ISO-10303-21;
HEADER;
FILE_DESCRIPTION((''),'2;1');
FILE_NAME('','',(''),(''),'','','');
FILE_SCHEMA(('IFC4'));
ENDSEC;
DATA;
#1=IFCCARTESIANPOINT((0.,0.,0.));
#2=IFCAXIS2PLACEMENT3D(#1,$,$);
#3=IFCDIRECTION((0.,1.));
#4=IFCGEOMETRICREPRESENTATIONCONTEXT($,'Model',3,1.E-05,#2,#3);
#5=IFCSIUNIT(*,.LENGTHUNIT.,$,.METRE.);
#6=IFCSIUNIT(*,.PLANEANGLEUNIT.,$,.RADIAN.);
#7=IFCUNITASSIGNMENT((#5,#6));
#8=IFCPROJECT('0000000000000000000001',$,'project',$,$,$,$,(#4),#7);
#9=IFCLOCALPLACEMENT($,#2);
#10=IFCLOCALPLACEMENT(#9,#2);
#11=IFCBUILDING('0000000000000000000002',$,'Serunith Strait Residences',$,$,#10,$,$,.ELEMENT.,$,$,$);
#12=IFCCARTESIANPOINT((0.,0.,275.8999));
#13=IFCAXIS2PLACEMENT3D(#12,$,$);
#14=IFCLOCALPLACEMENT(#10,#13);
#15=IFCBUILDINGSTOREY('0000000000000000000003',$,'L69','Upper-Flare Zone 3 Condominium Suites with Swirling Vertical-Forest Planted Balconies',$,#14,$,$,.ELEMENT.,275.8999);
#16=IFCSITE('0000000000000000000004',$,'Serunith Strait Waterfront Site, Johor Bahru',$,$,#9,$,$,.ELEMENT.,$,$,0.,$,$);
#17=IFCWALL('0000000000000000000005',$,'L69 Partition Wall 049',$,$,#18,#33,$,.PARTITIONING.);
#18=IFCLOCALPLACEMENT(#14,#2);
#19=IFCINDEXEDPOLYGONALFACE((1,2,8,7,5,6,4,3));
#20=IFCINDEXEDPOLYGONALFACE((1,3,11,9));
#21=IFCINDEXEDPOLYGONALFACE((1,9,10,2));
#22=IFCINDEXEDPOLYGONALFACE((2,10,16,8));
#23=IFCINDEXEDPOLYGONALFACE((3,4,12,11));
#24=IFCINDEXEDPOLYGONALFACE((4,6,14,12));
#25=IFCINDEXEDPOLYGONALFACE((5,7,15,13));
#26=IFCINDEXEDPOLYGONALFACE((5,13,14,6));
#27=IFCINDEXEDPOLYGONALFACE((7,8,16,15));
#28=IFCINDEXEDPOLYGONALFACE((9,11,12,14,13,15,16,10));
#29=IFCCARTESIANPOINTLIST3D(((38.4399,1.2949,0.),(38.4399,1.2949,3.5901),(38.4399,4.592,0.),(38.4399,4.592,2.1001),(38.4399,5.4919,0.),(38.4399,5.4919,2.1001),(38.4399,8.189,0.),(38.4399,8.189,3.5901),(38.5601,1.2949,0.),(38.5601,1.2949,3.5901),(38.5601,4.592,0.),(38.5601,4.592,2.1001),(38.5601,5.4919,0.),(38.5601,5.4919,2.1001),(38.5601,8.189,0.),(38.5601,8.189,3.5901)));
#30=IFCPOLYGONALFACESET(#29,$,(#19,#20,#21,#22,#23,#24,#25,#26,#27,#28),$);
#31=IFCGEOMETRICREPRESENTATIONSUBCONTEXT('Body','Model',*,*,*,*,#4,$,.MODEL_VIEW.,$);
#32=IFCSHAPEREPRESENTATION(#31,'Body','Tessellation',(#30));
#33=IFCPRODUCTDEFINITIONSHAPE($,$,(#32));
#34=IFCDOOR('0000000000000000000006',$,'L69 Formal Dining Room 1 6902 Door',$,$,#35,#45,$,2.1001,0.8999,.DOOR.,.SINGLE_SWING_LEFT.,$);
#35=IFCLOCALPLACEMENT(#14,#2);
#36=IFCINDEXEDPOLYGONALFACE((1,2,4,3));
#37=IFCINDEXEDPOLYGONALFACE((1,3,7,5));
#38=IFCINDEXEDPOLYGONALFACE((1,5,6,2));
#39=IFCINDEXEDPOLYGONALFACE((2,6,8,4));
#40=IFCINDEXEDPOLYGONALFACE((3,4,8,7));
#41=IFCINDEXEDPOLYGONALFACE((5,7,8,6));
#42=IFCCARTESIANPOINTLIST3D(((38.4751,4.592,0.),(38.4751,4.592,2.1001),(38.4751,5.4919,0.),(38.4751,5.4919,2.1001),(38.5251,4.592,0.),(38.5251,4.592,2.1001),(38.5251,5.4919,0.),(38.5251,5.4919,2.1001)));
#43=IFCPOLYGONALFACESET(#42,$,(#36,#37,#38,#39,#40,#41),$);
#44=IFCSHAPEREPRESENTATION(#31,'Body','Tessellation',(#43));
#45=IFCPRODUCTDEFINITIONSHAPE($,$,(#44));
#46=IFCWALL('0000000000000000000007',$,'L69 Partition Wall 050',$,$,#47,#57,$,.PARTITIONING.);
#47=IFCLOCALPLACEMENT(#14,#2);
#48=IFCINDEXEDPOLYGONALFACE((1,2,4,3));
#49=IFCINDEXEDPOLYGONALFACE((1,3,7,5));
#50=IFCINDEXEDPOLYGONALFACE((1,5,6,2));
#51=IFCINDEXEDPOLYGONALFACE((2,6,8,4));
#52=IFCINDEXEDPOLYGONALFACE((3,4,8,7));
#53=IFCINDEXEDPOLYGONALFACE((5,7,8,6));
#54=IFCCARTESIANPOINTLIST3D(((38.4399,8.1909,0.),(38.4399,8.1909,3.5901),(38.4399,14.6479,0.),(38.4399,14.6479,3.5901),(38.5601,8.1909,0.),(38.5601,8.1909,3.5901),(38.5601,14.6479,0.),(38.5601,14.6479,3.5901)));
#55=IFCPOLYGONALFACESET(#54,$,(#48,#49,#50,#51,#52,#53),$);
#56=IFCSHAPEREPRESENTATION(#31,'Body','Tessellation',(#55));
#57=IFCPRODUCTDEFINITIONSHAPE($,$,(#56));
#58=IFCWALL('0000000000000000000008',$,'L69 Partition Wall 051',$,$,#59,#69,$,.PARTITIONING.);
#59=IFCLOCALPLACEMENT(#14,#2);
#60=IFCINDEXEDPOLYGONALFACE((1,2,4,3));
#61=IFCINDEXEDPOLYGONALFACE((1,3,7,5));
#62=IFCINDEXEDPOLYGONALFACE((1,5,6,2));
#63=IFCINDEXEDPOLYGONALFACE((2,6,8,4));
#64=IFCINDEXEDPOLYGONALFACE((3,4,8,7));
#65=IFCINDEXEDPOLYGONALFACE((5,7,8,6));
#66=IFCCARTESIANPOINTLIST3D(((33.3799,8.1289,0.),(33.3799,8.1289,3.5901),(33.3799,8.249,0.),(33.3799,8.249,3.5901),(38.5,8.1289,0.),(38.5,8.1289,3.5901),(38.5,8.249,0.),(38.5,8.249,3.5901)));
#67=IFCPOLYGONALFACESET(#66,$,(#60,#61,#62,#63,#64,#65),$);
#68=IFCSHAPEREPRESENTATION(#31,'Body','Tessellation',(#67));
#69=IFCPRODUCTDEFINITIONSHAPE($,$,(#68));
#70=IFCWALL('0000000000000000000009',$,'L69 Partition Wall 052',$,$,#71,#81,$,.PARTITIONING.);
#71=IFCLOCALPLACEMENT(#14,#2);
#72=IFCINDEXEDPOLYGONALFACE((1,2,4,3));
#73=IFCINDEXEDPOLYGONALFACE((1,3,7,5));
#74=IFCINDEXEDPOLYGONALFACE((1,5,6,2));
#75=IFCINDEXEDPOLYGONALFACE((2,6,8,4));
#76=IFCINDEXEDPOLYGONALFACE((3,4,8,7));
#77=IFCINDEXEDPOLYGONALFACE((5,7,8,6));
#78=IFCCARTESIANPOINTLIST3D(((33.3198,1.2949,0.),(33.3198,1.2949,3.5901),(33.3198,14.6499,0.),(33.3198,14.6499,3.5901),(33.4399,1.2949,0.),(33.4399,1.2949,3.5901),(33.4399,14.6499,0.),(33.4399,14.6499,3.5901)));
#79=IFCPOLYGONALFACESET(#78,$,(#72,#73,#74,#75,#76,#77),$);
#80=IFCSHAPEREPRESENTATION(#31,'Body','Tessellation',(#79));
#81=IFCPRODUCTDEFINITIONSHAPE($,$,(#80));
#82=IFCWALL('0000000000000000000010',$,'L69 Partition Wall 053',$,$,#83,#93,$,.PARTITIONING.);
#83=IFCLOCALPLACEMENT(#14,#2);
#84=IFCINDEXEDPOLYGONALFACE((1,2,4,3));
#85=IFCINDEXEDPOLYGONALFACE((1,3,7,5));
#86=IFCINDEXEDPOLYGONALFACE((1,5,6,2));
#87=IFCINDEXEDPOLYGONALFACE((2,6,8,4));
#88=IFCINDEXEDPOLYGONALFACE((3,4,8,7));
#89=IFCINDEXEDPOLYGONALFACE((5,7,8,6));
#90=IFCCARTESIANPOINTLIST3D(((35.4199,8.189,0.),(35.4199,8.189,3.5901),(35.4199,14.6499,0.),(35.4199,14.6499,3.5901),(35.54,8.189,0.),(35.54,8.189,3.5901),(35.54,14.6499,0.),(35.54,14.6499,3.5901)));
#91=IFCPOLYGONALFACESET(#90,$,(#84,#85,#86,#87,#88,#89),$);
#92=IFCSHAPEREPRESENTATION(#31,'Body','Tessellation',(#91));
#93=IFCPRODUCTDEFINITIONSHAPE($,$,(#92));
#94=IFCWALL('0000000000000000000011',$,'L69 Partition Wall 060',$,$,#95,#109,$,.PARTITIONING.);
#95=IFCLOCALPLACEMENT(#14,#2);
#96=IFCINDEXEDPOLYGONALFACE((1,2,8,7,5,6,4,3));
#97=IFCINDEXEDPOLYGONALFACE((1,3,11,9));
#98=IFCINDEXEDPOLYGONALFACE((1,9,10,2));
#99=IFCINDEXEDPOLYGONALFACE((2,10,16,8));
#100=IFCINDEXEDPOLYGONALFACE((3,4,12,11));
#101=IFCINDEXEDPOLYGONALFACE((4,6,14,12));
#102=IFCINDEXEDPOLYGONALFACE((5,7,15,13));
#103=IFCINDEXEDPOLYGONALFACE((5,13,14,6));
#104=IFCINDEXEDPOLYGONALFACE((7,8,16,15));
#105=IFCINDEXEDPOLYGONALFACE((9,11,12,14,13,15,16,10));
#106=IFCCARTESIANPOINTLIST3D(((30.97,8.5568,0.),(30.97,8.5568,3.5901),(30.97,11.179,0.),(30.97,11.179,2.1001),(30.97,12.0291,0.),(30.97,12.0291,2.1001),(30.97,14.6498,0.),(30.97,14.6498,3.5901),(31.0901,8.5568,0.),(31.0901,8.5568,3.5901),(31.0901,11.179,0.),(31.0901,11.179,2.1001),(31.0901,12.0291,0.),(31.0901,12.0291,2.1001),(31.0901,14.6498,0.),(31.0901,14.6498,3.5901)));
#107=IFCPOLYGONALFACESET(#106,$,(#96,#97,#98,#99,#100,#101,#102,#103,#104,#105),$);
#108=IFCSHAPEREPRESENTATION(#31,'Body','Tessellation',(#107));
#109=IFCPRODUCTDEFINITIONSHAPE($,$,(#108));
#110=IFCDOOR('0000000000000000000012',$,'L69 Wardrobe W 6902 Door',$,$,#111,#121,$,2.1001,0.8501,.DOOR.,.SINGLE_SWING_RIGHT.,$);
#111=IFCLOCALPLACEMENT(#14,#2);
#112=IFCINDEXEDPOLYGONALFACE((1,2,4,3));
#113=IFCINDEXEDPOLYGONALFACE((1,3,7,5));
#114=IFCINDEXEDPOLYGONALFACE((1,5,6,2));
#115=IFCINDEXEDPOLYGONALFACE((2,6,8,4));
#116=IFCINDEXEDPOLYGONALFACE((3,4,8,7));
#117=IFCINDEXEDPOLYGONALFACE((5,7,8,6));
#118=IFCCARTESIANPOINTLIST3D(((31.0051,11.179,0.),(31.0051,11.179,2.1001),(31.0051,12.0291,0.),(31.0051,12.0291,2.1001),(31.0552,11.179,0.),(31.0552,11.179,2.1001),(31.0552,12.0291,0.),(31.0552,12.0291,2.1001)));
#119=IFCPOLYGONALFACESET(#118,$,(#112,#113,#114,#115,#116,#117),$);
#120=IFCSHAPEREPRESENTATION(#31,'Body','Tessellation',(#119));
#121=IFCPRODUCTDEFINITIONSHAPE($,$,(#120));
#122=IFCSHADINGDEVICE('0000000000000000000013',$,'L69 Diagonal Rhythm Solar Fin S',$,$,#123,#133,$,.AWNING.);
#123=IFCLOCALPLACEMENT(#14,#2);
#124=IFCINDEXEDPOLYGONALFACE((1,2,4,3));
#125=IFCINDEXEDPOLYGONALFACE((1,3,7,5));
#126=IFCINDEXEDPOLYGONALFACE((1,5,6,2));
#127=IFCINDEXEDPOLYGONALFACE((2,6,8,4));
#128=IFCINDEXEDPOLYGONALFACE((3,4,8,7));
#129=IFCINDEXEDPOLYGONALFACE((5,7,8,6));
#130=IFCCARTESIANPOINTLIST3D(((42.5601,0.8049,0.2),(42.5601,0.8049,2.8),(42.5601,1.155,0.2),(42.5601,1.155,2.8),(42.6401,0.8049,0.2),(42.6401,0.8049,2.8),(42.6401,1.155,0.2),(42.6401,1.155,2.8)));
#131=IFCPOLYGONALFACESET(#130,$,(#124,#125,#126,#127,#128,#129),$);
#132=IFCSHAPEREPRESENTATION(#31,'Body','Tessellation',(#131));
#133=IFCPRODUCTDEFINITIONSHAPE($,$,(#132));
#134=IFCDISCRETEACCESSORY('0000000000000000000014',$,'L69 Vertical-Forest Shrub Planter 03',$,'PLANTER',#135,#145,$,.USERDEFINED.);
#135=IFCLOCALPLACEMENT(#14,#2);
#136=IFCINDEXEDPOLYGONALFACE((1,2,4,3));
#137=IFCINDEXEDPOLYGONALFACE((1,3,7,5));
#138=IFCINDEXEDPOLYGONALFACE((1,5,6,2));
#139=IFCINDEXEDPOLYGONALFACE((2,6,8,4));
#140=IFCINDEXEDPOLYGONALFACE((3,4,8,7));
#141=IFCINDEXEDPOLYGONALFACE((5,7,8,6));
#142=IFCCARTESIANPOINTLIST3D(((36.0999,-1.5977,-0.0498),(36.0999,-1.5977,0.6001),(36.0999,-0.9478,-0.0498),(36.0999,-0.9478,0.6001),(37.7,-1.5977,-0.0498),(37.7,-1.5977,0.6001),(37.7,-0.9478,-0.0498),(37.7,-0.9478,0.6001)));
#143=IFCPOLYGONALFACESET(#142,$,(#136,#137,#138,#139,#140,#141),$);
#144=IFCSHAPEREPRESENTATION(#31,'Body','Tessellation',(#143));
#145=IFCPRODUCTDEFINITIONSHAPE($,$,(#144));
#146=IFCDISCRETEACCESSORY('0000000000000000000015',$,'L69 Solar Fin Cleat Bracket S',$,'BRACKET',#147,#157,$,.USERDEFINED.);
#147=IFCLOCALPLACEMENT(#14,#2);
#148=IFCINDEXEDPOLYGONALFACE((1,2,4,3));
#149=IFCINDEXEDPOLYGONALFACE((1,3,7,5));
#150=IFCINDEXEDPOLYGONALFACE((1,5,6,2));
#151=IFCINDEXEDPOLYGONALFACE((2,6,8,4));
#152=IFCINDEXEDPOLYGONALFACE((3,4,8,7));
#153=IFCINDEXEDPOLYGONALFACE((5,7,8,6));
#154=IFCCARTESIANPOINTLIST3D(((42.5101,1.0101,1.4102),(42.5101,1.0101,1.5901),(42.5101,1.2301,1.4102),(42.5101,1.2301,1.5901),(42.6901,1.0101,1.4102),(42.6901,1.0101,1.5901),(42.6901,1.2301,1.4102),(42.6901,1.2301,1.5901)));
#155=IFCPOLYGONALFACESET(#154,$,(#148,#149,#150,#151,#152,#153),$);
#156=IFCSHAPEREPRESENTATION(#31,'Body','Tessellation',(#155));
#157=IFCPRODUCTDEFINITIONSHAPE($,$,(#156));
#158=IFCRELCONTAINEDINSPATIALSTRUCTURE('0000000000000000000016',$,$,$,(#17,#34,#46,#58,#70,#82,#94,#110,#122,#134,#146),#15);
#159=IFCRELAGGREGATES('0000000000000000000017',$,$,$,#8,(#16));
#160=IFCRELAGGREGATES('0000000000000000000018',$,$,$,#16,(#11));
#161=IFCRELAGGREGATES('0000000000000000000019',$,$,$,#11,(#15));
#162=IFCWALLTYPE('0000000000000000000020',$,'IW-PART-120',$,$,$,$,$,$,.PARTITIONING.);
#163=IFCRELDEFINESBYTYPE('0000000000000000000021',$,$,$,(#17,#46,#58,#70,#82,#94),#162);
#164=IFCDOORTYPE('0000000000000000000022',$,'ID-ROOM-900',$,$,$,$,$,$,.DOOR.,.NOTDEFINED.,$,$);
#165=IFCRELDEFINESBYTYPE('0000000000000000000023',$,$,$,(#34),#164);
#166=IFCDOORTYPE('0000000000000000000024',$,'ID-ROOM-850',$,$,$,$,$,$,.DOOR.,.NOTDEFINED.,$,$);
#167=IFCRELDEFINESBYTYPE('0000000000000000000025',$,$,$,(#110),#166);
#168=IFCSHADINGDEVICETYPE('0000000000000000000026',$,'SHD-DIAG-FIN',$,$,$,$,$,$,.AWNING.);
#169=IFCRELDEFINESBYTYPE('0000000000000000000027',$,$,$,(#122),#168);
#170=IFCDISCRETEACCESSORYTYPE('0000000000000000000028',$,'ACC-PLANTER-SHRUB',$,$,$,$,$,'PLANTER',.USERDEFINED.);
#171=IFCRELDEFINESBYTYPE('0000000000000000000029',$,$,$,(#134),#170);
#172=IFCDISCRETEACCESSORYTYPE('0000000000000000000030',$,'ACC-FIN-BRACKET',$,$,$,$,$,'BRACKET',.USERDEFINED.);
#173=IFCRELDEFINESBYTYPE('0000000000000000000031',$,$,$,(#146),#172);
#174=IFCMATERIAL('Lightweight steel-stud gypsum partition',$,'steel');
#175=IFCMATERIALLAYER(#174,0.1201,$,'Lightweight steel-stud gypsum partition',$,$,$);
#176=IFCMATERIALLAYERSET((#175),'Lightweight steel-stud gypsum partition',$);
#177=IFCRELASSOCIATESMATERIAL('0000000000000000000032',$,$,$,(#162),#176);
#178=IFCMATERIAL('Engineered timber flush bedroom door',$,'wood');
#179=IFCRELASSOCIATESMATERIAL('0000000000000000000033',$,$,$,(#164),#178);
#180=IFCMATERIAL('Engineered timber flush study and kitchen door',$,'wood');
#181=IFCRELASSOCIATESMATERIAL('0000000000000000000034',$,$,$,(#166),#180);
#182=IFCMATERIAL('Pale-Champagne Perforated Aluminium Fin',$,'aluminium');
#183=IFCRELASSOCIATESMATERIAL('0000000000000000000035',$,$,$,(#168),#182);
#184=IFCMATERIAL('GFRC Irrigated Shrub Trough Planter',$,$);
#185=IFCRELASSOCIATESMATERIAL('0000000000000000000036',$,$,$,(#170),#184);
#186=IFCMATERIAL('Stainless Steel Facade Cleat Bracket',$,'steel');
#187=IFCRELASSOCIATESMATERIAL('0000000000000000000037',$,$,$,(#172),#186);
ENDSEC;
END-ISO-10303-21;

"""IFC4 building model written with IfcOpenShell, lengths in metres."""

from ifc_helpers import new_model, si_unit, direction, frame, frame_2d, origin, origin_2d, place, context, subcontext, project, spatial, rectangle, extrude, source, transform, mapped, material, layer, layer_set, type_object, element, fill, save


model = new_model("IFC4")

# Units and contexts
model_context = context("Model", 3, precision=1e-05, world=origin(), true_north=direction((0.0, 1.0)))
body_context = subcontext(model_context, "Body", "Model", "MODEL_VIEW")
ifc_project = project(units=[si_unit("LENGTHUNIT", "METRE"), si_unit("PLANEANGLEUNIT", "RADIAN")], contexts=[model_context])

# Site, building, storey
site_placement = place(None, origin())
site = spatial("IfcSite", under=ifc_project, at=site_placement, Name="Serunith Strait Waterfront Site, Johor Bahru", CompositionType="ELEMENT", RefElevation=0.0)
building_placement = place(site_placement, origin())
building = spatial("IfcBuilding", under=site, at=building_placement, Name="Serunith Strait Residences", CompositionType="ELEMENT")
storey_placement = place(building_placement, frame((0.0, 0.0, 275.8999)))
storey = spatial("IfcBuildingStorey", under=building, at=storey_placement, Name="L69", Description="Upper-Flare Zone 3 Condominium Suites with Swirling Vertical-Forest Planted Balconies", CompositionType="ELEMENT", Elevation=275.8999)

# Wall, opening, door
ifc_material_1 = material(Name="Lightweight steel-stud gypsum partition", Category="steel")
ifc_layer_1 = layer(ifc_material_1, 0.1201, Name="Lightweight steel-stud gypsum partition")
ifc_layer_set_1 = layer_set([ifc_layer_1], Name="Lightweight steel-stud gypsum partition")
wall_type = type_object("IfcWallType", Name="IW-PART-120", PredefinedType="PARTITIONING", material=ifc_layer_set_1)
wall_1_placement = place(storey_placement, frame((38.5, 1.2949, 0.0), z_axis=(0.0, 0.0, 1.0), x_axis=(0.0, 1.0, 0.0)))
wall_1 = element("IfcWall", 1, at=wall_1_placement, inside=storey, type_object=wall_type, Name="L69 Partition Wall 049", PredefinedType="PARTITIONING", context=body_context, shape_type="SweptSolid", body=[
    extrude(rectangle(XDim=6.894, YDim=0.1201, at=frame_2d((3.447, 0.0))), origin(), (0.0, 0.0, 1.0), 3.5901),
])
opening_1_placement = place(wall_1_placement, frame((3.2971, 0.0, 0.0)))
opening_1 = element("IfcOpeningElement", 2, at=opening_1_placement, cuts=wall_1, PredefinedType="OPENING", context=body_context, shape_type="SweptSolid", body=[
    extrude(rectangle(XDim=0.8999, YDim=2.1001, at=frame_2d((0.45, 1.05))), frame((0.0, 0.0701, 0.0), z_axis=(0.0, -1.0, 0.0), x_axis=(1.0, 0.0, 0.0)), (0.0, 0.0, 1.0), 0.1401),
])
ifc_material_2 = material(Name="Engineered timber flush bedroom door", Category="wood")
door_type_1 = type_object("IfcDoorType", Name="ID-ROOM-900", OperationType="NOTDEFINED", PredefinedType="DOOR", material=ifc_material_2)
shared_shape_1 = source(origin(), body_context, "Body", "SweptSolid", [
    extrude(rectangle(XDim=0.8999, YDim=2.1001, at=frame_2d((0.45, 1.05))), frame((0.0, 0.0249, 0.0), z_axis=(0.0, -1.0, 0.0), x_axis=(1.0, 0.0, 0.0)), (0.0, 0.0, 1.0), 0.05),
])
door_1_placement = place(opening_1_placement, origin())
door_1 = element("IfcDoor", 3, at=door_1_placement, inside=storey, type_object=door_type_1, Name="L69 Formal Dining Room 1 6902 Door", OperationType="SINGLE_SWING_LEFT", OverallHeight=2.1001, OverallWidth=0.8999, PredefinedType="DOOR", context=body_context, shape_type="MappedRepresentation", body=[
    mapped(shared_shape_1, transform((0.0, 0.0, 0.0), scale=1.0)),
])
fill(opening_1, door_1)

# Walls
wall_2_placement = place(storey_placement, frame((38.5, 8.1909, 0.0), z_axis=(0.0, 0.0, 1.0), x_axis=(0.0, 1.0, 0.0)))
element("IfcWall", 4, at=wall_2_placement, inside=storey, type_object=wall_type, Name="L69 Partition Wall 050", PredefinedType="PARTITIONING", context=body_context, shape_type="SweptSolid", body=[
    extrude(rectangle(XDim=6.457, YDim=0.1201, at=frame_2d((3.2285, 0.0))), origin(), (0.0, 0.0, 1.0), 3.5901),
])
wall_3_placement = place(storey_placement, frame((33.3799, 8.189, 0.0), z_axis=(0.0, 0.0, 1.0), x_axis=(1.0, 0.0, 0.0)))
element("IfcWall", 5, at=wall_3_placement, inside=storey, type_object=wall_type, Name="L69 Partition Wall 051", PredefinedType="PARTITIONING", context=body_context, shape_type="SweptSolid", body=[
    extrude(rectangle(XDim=5.1201, YDim=0.1201, at=frame_2d((2.5601, 0.0))), origin(), (0.0, 0.0, 1.0), 3.5901),
])
wall_4_placement = place(storey_placement, frame((33.3799, 1.2949, 0.0), z_axis=(0.0, 0.0, 1.0), x_axis=(0.0, 1.0, 0.0)))
element("IfcWall", 6, at=wall_4_placement, inside=storey, type_object=wall_type, Name="L69 Partition Wall 052", PredefinedType="PARTITIONING", context=body_context, shape_type="SweptSolid", body=[
    extrude(rectangle(XDim=13.355, YDim=0.1201, at=frame_2d((6.6775, 0.0))), origin(), (0.0, 0.0, 1.0), 3.5901),
])
wall_5_placement = place(storey_placement, frame((35.48, 8.189, 0.0), z_axis=(0.0, 0.0, 1.0), x_axis=(0.0, 1.0, 0.0)))
element("IfcWall", 7, at=wall_5_placement, inside=storey, type_object=wall_type, Name="L69 Partition Wall 053", PredefinedType="PARTITIONING", context=body_context, shape_type="SweptSolid", body=[
    extrude(rectangle(XDim=6.4609, YDim=0.1201, at=frame_2d((3.2305, 0.0))), origin(), (0.0, 0.0, 1.0), 3.5901),
])

# Wall, opening, door
wall_6_placement = place(storey_placement, frame((31.03, 8.5569, 0.0), z_axis=(0.0, 0.0, 1.0), x_axis=(0.0, 1.0, 0.0)))
wall_6 = element("IfcWall", 8, at=wall_6_placement, inside=storey, type_object=wall_type, Name="L69 Partition Wall 060", PredefinedType="PARTITIONING", context=body_context, shape_type="SweptSolid", body=[
    extrude(rectangle(XDim=6.093, YDim=0.1201, at=frame_2d((3.0464, 0.0))), origin(), (0.0, 0.0, 1.0), 3.5901),
])
opening_2_placement = place(wall_6_placement, frame((2.6221, 0.0, 0.0)))
opening_2 = element("IfcOpeningElement", 9, at=opening_2_placement, cuts=wall_6, PredefinedType="OPENING", context=body_context, shape_type="SweptSolid", body=[
    extrude(rectangle(XDim=0.8501, YDim=2.1001, at=frame_2d((0.425, 1.05))), frame((0.0, 0.0701, 0.0), z_axis=(0.0, -1.0, 0.0), x_axis=(1.0, 0.0, 0.0)), (0.0, 0.0, 1.0), 0.1401),
])
ifc_material_3 = material(Name="Engineered timber flush study and kitchen door", Category="wood")
door_type_2 = type_object("IfcDoorType", Name="ID-ROOM-850", OperationType="NOTDEFINED", PredefinedType="DOOR", material=ifc_material_3)
shared_shape_2 = source(origin(), body_context, "Body", "SweptSolid", [
    extrude(rectangle(XDim=0.8501, YDim=2.1001, at=frame_2d((0.425, 1.05))), frame((0.0, 0.0249, 0.0), z_axis=(0.0, -1.0, 0.0), x_axis=(1.0, 0.0, 0.0)), (0.0, 0.0, 1.0), 0.05),
])
door_2_placement = place(opening_2_placement, origin())
door_2 = element("IfcDoor", 10, at=door_2_placement, inside=storey, type_object=door_type_2, Name="L69 Wardrobe W 6902 Door", OperationType="SINGLE_SWING_RIGHT", OverallHeight=2.1001, OverallWidth=0.8501, PredefinedType="DOOR", context=body_context, shape_type="MappedRepresentation", body=[
    mapped(shared_shape_2, transform((0.0, 0.0, 0.0), scale=1.0)),
])
fill(opening_2, door_2)

# Shading device
ifc_material_4 = material(Name="Pale-Champagne Perforated Aluminium Fin", Category="aluminium")
shading_device_type = type_object("IfcShadingDeviceType", Name="SHD-DIAG-FIN", PredefinedType="AWNING", material=ifc_material_4)
shared_shape_3 = source(origin(), body_context, "Body", "SweptSolid", [
    extrude(rectangle(XDim=0.0801, YDim=0.3501, at=origin_2d()), origin(), (0.0, 0.0, 1.0), 2.6001),
])
shading_device_placement = place(storey_placement, frame((42.6001, 0.98, 0.2), z_axis=(0.0, 0.0, 1.0), x_axis=(1.0, 0.0, 0.0)))
element("IfcShadingDevice", 11, at=shading_device_placement, inside=storey, type_object=shading_device_type, Name="L69 Diagonal Rhythm Solar Fin S", PredefinedType="AWNING", context=body_context, shape_type="MappedRepresentation", body=[
    mapped(shared_shape_3, transform((0.0, 0.0, 0.0), scale=1.0)),
])

# Discrete accessories
ifc_material_5 = material(Name="GFRC Irrigated Shrub Trough Planter")
discrete_accessory_type_1 = type_object("IfcDiscreteAccessoryType", Name="ACC-PLANTER-SHRUB", ElementType="PLANTER", PredefinedType="USERDEFINED", material=ifc_material_5)
shared_shape_4 = source(origin(), body_context, "Body", "SweptSolid", [
    extrude(rectangle(XDim=1.6001, YDim=0.6499, at=origin_2d()), origin(), (0.0, 0.0, 1.0), 0.6499),
])
discrete_accessory_1_placement = place(storey_placement, frame((36.8999, -1.2727, -0.0498), z_axis=(0.0, 0.0, 1.0), x_axis=(1.0, 0.0, 0.0)))
element("IfcDiscreteAccessory", 12, at=discrete_accessory_1_placement, inside=storey, type_object=discrete_accessory_type_1, Name="L69 Vertical-Forest Shrub Planter 03", ObjectType="PLANTER", PredefinedType="USERDEFINED", context=body_context, shape_type="MappedRepresentation", body=[
    mapped(shared_shape_4, transform((0.0, 0.0, 0.0), scale=1.0)),
])
ifc_material_6 = material(Name="Stainless Steel Facade Cleat Bracket", Category="steel")
discrete_accessory_type_2 = type_object("IfcDiscreteAccessoryType", Name="ACC-FIN-BRACKET", ElementType="BRACKET", PredefinedType="USERDEFINED", material=ifc_material_6)
shared_shape_5 = source(origin(), body_context, "Body", "SweptSolid", [
    extrude(rectangle(XDim=0.1799, YDim=0.22, at=origin_2d()), origin(), (0.0, 0.0, 1.0), 0.1799),
])
discrete_accessory_2_placement = place(storey_placement, frame((42.6001, 1.1201, 1.4102), z_axis=(0.0, 0.0, 1.0), x_axis=(1.0, 0.0, 0.0)))
element("IfcDiscreteAccessory", 13, at=discrete_accessory_2_placement, inside=storey, type_object=discrete_accessory_type_2, Name="L69 Solar Fin Cleat Bracket S", ObjectType="BRACKET", PredefinedType="USERDEFINED", context=body_context, shape_type="MappedRepresentation", body=[
    mapped(shared_shape_5, transform((0.0, 0.0, 0.0), scale=1.0)),
])

save(model, "model.ifc")
